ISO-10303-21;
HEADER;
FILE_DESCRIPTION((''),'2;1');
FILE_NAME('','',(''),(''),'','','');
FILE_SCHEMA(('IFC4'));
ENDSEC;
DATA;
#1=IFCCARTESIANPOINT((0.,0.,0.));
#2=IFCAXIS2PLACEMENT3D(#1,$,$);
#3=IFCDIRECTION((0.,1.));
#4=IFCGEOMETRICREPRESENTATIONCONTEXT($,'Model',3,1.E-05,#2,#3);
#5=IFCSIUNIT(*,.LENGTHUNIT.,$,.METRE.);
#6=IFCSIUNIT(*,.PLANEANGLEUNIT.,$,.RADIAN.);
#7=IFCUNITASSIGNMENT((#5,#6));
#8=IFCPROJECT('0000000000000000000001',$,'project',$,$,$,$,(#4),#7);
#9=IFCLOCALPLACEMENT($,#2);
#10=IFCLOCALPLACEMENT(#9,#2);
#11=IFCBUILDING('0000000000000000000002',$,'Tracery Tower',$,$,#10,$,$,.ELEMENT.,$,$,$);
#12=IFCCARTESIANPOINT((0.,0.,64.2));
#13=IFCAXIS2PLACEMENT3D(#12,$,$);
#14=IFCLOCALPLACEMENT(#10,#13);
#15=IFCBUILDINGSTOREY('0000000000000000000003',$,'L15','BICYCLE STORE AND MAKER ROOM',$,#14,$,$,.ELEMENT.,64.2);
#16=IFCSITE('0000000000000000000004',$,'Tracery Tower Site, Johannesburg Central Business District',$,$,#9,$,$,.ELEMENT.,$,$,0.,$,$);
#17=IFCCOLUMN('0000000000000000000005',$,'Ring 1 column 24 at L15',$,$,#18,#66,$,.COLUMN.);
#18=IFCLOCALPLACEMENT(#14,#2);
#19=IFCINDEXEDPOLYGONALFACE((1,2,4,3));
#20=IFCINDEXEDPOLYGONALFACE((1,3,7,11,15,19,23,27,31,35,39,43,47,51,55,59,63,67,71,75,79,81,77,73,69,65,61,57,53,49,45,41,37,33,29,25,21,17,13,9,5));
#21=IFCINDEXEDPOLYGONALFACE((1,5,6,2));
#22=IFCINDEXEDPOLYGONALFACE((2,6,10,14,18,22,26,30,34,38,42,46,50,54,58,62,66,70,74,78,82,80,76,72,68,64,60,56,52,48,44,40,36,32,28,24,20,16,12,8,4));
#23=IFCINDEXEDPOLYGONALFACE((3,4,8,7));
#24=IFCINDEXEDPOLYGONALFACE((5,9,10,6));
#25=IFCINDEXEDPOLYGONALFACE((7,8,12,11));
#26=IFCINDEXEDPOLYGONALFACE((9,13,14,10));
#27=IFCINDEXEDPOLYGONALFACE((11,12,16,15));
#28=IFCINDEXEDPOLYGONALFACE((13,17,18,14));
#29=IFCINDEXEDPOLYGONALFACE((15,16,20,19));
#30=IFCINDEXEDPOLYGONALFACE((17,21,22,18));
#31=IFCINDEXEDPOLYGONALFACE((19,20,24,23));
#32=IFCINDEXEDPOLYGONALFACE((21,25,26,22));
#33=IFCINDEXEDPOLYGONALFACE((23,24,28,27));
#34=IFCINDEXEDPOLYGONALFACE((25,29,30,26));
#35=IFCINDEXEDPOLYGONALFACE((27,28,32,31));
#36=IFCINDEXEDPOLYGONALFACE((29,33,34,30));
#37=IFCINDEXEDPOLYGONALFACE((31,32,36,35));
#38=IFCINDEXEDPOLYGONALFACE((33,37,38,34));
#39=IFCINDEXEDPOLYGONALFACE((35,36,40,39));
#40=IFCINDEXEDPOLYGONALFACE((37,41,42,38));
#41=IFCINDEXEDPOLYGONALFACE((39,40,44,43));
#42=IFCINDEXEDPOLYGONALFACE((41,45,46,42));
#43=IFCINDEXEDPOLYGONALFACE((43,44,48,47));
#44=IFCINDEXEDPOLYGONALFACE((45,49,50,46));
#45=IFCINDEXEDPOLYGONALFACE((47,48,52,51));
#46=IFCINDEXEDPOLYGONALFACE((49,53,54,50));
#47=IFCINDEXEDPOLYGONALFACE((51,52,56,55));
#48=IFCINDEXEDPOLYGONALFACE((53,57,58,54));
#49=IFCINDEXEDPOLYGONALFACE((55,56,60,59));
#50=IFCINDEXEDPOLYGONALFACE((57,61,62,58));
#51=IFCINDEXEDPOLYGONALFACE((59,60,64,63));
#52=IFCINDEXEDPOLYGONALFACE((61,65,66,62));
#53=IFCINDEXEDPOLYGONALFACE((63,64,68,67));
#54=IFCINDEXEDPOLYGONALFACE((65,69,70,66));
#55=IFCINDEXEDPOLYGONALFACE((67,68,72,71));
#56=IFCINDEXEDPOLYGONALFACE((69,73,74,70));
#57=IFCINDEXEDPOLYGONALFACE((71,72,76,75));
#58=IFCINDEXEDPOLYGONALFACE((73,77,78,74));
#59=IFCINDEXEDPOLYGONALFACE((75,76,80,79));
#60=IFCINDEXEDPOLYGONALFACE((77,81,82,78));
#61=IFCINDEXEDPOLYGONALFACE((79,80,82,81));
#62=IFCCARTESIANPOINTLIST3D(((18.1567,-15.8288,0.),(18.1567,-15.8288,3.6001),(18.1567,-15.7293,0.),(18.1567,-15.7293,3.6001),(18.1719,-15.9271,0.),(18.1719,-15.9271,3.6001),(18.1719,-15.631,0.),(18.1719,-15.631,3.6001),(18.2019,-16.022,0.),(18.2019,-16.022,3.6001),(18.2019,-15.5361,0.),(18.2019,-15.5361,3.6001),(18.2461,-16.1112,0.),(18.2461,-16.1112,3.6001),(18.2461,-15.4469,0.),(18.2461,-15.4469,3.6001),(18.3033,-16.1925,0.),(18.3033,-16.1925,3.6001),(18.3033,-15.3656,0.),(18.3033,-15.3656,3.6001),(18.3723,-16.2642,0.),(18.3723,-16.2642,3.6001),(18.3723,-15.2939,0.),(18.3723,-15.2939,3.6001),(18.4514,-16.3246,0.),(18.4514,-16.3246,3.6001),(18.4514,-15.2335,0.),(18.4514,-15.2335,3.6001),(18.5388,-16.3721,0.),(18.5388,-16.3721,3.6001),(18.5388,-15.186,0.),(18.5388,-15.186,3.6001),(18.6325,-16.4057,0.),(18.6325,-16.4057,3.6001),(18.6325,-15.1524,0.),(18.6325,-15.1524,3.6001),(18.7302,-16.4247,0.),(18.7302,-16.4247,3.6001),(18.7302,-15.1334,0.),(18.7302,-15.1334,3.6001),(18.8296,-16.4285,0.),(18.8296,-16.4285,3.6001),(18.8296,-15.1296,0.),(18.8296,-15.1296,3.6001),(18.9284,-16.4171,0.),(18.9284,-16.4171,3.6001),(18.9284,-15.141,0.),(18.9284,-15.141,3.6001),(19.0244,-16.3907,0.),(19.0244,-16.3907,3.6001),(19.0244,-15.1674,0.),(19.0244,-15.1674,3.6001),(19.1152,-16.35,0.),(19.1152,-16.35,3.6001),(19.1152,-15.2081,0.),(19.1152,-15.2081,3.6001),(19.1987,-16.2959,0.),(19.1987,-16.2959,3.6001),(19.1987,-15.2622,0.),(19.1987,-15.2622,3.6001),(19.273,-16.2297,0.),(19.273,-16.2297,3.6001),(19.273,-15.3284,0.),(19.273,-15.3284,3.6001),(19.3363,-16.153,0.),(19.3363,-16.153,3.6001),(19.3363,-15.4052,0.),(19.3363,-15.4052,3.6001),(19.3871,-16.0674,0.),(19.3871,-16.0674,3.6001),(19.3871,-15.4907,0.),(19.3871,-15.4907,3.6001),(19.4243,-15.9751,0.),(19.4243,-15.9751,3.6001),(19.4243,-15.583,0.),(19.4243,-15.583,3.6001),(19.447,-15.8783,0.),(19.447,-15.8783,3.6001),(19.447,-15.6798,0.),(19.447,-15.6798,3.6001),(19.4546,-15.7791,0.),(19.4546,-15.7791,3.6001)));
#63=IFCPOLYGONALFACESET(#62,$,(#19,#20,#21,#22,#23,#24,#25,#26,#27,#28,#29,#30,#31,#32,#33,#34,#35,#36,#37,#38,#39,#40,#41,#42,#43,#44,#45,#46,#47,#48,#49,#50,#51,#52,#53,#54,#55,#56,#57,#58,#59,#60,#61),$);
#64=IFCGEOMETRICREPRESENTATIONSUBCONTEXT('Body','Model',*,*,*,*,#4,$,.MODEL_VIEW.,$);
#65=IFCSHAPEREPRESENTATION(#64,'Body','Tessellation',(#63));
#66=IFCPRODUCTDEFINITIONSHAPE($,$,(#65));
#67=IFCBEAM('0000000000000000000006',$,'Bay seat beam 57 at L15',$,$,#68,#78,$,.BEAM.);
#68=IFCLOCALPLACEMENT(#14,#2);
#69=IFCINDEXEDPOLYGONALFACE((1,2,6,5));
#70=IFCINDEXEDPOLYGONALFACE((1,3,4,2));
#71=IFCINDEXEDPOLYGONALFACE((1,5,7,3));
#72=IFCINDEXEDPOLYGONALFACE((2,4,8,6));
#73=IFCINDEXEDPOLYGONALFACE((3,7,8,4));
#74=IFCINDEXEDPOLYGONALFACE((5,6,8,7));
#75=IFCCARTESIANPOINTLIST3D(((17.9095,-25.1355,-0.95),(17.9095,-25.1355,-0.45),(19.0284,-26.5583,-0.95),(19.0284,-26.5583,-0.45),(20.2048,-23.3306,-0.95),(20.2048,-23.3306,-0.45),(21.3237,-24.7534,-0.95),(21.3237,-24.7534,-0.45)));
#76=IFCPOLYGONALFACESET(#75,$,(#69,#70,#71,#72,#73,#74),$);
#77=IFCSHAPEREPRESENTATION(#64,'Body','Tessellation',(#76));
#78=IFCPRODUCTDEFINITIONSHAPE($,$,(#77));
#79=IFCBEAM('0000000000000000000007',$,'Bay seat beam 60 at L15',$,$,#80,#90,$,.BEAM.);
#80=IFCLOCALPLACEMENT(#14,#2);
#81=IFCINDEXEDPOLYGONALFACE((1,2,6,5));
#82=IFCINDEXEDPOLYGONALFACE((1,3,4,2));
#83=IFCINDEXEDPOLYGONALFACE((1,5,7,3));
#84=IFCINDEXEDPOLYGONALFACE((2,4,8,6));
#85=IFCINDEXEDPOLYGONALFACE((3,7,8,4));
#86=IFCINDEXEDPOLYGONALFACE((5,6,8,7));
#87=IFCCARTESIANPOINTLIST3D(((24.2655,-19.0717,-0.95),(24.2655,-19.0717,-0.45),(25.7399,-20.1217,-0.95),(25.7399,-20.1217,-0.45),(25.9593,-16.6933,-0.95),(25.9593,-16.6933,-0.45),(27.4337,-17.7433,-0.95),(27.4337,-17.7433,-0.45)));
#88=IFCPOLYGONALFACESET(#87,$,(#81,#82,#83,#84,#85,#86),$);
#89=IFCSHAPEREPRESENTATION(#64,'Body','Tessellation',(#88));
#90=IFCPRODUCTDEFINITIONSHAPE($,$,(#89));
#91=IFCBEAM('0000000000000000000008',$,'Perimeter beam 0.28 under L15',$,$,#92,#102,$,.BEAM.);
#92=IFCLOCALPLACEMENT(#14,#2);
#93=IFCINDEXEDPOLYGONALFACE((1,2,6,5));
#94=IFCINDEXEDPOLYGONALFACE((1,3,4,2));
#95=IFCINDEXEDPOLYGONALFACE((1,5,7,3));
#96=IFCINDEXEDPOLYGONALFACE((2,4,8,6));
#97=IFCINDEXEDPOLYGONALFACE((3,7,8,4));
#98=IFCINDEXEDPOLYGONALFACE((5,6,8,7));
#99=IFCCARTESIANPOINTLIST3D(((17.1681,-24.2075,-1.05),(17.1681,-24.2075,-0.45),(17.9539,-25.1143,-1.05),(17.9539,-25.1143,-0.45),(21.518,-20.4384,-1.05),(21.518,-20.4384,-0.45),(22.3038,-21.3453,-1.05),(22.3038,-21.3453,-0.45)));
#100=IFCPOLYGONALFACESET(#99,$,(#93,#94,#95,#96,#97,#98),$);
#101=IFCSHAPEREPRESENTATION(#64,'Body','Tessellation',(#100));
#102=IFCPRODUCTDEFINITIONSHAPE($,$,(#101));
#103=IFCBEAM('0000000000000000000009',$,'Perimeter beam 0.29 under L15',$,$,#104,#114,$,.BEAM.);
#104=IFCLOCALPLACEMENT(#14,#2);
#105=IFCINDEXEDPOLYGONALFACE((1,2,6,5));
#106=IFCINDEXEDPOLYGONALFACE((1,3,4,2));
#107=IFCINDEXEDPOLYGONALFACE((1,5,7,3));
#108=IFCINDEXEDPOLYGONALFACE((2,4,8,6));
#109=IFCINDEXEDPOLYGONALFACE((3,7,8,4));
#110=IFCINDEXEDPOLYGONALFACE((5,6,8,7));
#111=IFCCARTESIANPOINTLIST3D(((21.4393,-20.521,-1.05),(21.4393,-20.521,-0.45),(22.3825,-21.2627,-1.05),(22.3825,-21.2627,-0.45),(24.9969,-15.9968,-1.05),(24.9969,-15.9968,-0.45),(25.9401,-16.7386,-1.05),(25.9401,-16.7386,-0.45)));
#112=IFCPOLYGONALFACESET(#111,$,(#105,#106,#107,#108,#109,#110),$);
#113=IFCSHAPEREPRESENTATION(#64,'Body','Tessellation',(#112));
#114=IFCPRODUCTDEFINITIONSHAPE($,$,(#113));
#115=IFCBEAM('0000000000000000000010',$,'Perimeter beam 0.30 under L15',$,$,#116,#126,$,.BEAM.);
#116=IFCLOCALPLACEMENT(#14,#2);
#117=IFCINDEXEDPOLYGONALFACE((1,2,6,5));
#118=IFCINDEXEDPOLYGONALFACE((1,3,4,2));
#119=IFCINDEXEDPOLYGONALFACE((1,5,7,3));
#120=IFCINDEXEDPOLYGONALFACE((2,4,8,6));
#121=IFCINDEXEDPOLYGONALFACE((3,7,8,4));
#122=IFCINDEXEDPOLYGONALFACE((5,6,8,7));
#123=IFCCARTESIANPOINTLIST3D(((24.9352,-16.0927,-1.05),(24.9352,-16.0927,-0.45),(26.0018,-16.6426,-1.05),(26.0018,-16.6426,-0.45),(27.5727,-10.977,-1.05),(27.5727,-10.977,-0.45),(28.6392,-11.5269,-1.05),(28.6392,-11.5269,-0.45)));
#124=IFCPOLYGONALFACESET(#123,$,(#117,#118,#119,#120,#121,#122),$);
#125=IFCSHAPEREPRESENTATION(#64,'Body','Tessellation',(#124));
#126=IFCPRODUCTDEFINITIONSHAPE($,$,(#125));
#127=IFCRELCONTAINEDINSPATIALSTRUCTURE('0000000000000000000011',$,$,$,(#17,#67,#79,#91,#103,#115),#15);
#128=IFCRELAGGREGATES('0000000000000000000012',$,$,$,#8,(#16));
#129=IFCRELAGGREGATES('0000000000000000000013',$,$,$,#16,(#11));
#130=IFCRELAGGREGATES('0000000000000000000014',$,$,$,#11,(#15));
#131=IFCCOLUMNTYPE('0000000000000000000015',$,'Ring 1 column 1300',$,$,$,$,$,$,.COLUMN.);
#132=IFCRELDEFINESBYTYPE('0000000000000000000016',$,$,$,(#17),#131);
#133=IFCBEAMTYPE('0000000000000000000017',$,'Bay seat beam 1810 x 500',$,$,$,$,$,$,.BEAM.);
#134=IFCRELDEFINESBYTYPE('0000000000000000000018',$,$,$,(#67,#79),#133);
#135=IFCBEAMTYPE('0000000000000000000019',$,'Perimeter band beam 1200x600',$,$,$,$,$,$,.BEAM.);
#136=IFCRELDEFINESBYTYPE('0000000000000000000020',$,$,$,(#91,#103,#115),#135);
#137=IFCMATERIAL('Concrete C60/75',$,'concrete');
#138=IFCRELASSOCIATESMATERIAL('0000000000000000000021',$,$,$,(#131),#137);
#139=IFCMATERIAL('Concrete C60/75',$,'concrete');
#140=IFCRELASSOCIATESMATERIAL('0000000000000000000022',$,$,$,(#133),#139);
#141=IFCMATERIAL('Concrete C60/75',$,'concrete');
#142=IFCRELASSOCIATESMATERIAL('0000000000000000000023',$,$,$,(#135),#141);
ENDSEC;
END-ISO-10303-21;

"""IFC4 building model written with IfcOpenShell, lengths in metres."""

from ifc_helpers import new_model, si_unit, direction, frame, origin, origin_2d, place, context, subcontext, project, spatial, rectangle, circle, extrude, material, material_profile, profile_set, type_object, element, save


model = new_model("IFC4")

# Units and contexts
model_context = context("Model", 3, precision=1e-05, world=origin(), true_north=direction((0.0, 1.0)))
body_context = subcontext(model_context, "Body", "Model", "MODEL_VIEW")
ifc_project = project(units=[si_unit("LENGTHUNIT", "METRE"), si_unit("PLANEANGLEUNIT", "RADIAN")], contexts=[model_context])

# Site, building, storey
site_placement = place(None, origin())
site = spatial("IfcSite", under=ifc_project, at=site_placement, Name="Tracery Tower Site, Johannesburg Central Business District", CompositionType="ELEMENT", RefElevation=0.0)
building_placement = place(site_placement, origin())
building = spatial("IfcBuilding", under=site, at=building_placement, Name="Tracery Tower", CompositionType="ELEMENT")
storey_placement = place(building_placement, frame((0.0, 0.0, 64.2)))
storey = spatial("IfcBuildingStorey", under=building, at=storey_placement, Name="L15", Description="BICYCLE STORE AND MAKER ROOM", CompositionType="ELEMENT", Elevation=64.2)

# Column
ifc_material_1 = material(Name="Concrete C60/75", Category="concrete")
ifc_material_profile_1 = material_profile(ifc_material_1, circle(Radius=0.6499, at=origin_2d()), Name="RC D1300")
ifc_profile_set_1 = profile_set([ifc_material_profile_1], Name="Concrete C60/75")
column_type_1 = type_object("IfcColumnType", Name="Ring 1 column 1300", PredefinedType="COLUMN", material=ifc_profile_set_1)
for number, where, z_axis, x_axis, name in (
    (1, (18.8047, -15.7791, 0.0), (0.0, 0.0, 1.0), (1.0, 0.0, 0.0), "Ring 1 column 24 at L15"),
):
    element("IfcColumn", number, at=place(storey_placement, frame(where, z_axis=z_axis, x_axis=x_axis)), inside=storey, type_object=column_type_1, Name=name, PredefinedType="COLUMN", context=body_context, shape_type="SweptSolid", body=[
        extrude(circle(Radius=0.6499, at=origin_2d()), origin(), (0.0, 0.0, 1.0), 3.6001),
    ])

# Beams
ifc_material_2 = material(Name="Concrete C60/75", Category="concrete")
ifc_material_profile_2 = material_profile(ifc_material_2, rectangle(XDim=1.8101, YDim=0.5, at=origin_2d()), Name="RC 1810x500")
ifc_profile_set_2 = profile_set([ifc_material_profile_2], Name="Concrete C60/75")
beam_type_1 = type_object("IfcBeamType", Name="Bay seat beam 1810 x 500", PredefinedType="BEAM", material=ifc_profile_set_2)
for number, where, z_axis, x_axis, name in (
    (2, (18.469, -25.8469, -0.7), (0.786054, 0.618158, 0.0), (-0.618158, 0.786054, 0.0), "Bay seat beam 57 at L15"),
    (3, (25.0027, -19.5967, -0.7), (0.580099, 0.814546, 0.0), (-0.814546, 0.580099, 0.0), "Bay seat beam 60 at L15"),
):
    element("IfcBeam", number, at=place(storey_placement, frame(where, z_axis=z_axis, x_axis=x_axis)), inside=storey, type_object=beam_type_1, Name=name, PredefinedType="BEAM", context=body_context, shape_type="SweptSolid", body=[
        extrude(rectangle(XDim=1.8101, YDim=0.5, at=origin_2d()), origin(), (0.0, 0.0, 1.0), 2.9199),
    ])
ifc_material_3 = material(Name="Concrete C60/75", Category="concrete")
ifc_material_profile_3 = material_profile(ifc_material_3, rectangle(XDim=1.2, YDim=0.6001, at=origin_2d()), Name="RC 1200x600")
ifc_profile_set_3 = profile_set([ifc_material_profile_3], Name="Concrete C60/75")
beam_type_2 = type_object("IfcBeamType", Name="Perimeter band beam 1200x600", PredefinedType="BEAM", material=ifc_profile_set_3)
beam_1_placement = place(storey_placement, frame((17.561, -24.6609, -0.75), z_axis=(0.75576, 0.654848, 0.0), x_axis=(-0.654848, 0.75576, 0.0)))
element("IfcBeam", 4, at=beam_1_placement, inside=storey, type_object=beam_type_2, Name="Perimeter beam 0.28 under L15", PredefinedType="BEAM", context=body_context, shape_type="SweptSolid", body=[
    extrude(rectangle(XDim=1.2, YDim=0.6001, at=origin_2d()), origin(), (0.0, 0.0, 1.0), 5.7556),
])
beam_2_placement = place(storey_placement, frame((21.9109, -20.8918, -0.75), z_axis=(0.618134, 0.786072, 0.0), x_axis=(-0.786072, 0.618134, 0.0)))
element("IfcBeam", 5, at=beam_2_placement, inside=storey, type_object=beam_type_2, Name="Perimeter beam 0.29 under L15", PredefinedType="BEAM", context=body_context, shape_type="SweptSolid", body=[
    extrude(rectangle(XDim=1.2, YDim=0.6001, at=origin_2d()), origin(), (0.0, 0.0, 1.0), 5.7554),
])
beam_3_placement = place(storey_placement, frame((25.4685, -16.3677, -0.75), z_axis=(0.458242, 0.888827, 0.0), x_axis=(-0.888827, 0.458242, 0.0)))
element("IfcBeam", 6, at=beam_3_placement, inside=storey, type_object=beam_type_2, Name="Perimeter beam 0.30 under L15", PredefinedType="BEAM", context=body_context, shape_type="SweptSolid", body=[
    extrude(rectangle(XDim=1.2, YDim=0.6001, at=origin_2d()), origin(), (0.0, 0.0, 1.0), 5.7556),
])

save(model, "model.ifc")
